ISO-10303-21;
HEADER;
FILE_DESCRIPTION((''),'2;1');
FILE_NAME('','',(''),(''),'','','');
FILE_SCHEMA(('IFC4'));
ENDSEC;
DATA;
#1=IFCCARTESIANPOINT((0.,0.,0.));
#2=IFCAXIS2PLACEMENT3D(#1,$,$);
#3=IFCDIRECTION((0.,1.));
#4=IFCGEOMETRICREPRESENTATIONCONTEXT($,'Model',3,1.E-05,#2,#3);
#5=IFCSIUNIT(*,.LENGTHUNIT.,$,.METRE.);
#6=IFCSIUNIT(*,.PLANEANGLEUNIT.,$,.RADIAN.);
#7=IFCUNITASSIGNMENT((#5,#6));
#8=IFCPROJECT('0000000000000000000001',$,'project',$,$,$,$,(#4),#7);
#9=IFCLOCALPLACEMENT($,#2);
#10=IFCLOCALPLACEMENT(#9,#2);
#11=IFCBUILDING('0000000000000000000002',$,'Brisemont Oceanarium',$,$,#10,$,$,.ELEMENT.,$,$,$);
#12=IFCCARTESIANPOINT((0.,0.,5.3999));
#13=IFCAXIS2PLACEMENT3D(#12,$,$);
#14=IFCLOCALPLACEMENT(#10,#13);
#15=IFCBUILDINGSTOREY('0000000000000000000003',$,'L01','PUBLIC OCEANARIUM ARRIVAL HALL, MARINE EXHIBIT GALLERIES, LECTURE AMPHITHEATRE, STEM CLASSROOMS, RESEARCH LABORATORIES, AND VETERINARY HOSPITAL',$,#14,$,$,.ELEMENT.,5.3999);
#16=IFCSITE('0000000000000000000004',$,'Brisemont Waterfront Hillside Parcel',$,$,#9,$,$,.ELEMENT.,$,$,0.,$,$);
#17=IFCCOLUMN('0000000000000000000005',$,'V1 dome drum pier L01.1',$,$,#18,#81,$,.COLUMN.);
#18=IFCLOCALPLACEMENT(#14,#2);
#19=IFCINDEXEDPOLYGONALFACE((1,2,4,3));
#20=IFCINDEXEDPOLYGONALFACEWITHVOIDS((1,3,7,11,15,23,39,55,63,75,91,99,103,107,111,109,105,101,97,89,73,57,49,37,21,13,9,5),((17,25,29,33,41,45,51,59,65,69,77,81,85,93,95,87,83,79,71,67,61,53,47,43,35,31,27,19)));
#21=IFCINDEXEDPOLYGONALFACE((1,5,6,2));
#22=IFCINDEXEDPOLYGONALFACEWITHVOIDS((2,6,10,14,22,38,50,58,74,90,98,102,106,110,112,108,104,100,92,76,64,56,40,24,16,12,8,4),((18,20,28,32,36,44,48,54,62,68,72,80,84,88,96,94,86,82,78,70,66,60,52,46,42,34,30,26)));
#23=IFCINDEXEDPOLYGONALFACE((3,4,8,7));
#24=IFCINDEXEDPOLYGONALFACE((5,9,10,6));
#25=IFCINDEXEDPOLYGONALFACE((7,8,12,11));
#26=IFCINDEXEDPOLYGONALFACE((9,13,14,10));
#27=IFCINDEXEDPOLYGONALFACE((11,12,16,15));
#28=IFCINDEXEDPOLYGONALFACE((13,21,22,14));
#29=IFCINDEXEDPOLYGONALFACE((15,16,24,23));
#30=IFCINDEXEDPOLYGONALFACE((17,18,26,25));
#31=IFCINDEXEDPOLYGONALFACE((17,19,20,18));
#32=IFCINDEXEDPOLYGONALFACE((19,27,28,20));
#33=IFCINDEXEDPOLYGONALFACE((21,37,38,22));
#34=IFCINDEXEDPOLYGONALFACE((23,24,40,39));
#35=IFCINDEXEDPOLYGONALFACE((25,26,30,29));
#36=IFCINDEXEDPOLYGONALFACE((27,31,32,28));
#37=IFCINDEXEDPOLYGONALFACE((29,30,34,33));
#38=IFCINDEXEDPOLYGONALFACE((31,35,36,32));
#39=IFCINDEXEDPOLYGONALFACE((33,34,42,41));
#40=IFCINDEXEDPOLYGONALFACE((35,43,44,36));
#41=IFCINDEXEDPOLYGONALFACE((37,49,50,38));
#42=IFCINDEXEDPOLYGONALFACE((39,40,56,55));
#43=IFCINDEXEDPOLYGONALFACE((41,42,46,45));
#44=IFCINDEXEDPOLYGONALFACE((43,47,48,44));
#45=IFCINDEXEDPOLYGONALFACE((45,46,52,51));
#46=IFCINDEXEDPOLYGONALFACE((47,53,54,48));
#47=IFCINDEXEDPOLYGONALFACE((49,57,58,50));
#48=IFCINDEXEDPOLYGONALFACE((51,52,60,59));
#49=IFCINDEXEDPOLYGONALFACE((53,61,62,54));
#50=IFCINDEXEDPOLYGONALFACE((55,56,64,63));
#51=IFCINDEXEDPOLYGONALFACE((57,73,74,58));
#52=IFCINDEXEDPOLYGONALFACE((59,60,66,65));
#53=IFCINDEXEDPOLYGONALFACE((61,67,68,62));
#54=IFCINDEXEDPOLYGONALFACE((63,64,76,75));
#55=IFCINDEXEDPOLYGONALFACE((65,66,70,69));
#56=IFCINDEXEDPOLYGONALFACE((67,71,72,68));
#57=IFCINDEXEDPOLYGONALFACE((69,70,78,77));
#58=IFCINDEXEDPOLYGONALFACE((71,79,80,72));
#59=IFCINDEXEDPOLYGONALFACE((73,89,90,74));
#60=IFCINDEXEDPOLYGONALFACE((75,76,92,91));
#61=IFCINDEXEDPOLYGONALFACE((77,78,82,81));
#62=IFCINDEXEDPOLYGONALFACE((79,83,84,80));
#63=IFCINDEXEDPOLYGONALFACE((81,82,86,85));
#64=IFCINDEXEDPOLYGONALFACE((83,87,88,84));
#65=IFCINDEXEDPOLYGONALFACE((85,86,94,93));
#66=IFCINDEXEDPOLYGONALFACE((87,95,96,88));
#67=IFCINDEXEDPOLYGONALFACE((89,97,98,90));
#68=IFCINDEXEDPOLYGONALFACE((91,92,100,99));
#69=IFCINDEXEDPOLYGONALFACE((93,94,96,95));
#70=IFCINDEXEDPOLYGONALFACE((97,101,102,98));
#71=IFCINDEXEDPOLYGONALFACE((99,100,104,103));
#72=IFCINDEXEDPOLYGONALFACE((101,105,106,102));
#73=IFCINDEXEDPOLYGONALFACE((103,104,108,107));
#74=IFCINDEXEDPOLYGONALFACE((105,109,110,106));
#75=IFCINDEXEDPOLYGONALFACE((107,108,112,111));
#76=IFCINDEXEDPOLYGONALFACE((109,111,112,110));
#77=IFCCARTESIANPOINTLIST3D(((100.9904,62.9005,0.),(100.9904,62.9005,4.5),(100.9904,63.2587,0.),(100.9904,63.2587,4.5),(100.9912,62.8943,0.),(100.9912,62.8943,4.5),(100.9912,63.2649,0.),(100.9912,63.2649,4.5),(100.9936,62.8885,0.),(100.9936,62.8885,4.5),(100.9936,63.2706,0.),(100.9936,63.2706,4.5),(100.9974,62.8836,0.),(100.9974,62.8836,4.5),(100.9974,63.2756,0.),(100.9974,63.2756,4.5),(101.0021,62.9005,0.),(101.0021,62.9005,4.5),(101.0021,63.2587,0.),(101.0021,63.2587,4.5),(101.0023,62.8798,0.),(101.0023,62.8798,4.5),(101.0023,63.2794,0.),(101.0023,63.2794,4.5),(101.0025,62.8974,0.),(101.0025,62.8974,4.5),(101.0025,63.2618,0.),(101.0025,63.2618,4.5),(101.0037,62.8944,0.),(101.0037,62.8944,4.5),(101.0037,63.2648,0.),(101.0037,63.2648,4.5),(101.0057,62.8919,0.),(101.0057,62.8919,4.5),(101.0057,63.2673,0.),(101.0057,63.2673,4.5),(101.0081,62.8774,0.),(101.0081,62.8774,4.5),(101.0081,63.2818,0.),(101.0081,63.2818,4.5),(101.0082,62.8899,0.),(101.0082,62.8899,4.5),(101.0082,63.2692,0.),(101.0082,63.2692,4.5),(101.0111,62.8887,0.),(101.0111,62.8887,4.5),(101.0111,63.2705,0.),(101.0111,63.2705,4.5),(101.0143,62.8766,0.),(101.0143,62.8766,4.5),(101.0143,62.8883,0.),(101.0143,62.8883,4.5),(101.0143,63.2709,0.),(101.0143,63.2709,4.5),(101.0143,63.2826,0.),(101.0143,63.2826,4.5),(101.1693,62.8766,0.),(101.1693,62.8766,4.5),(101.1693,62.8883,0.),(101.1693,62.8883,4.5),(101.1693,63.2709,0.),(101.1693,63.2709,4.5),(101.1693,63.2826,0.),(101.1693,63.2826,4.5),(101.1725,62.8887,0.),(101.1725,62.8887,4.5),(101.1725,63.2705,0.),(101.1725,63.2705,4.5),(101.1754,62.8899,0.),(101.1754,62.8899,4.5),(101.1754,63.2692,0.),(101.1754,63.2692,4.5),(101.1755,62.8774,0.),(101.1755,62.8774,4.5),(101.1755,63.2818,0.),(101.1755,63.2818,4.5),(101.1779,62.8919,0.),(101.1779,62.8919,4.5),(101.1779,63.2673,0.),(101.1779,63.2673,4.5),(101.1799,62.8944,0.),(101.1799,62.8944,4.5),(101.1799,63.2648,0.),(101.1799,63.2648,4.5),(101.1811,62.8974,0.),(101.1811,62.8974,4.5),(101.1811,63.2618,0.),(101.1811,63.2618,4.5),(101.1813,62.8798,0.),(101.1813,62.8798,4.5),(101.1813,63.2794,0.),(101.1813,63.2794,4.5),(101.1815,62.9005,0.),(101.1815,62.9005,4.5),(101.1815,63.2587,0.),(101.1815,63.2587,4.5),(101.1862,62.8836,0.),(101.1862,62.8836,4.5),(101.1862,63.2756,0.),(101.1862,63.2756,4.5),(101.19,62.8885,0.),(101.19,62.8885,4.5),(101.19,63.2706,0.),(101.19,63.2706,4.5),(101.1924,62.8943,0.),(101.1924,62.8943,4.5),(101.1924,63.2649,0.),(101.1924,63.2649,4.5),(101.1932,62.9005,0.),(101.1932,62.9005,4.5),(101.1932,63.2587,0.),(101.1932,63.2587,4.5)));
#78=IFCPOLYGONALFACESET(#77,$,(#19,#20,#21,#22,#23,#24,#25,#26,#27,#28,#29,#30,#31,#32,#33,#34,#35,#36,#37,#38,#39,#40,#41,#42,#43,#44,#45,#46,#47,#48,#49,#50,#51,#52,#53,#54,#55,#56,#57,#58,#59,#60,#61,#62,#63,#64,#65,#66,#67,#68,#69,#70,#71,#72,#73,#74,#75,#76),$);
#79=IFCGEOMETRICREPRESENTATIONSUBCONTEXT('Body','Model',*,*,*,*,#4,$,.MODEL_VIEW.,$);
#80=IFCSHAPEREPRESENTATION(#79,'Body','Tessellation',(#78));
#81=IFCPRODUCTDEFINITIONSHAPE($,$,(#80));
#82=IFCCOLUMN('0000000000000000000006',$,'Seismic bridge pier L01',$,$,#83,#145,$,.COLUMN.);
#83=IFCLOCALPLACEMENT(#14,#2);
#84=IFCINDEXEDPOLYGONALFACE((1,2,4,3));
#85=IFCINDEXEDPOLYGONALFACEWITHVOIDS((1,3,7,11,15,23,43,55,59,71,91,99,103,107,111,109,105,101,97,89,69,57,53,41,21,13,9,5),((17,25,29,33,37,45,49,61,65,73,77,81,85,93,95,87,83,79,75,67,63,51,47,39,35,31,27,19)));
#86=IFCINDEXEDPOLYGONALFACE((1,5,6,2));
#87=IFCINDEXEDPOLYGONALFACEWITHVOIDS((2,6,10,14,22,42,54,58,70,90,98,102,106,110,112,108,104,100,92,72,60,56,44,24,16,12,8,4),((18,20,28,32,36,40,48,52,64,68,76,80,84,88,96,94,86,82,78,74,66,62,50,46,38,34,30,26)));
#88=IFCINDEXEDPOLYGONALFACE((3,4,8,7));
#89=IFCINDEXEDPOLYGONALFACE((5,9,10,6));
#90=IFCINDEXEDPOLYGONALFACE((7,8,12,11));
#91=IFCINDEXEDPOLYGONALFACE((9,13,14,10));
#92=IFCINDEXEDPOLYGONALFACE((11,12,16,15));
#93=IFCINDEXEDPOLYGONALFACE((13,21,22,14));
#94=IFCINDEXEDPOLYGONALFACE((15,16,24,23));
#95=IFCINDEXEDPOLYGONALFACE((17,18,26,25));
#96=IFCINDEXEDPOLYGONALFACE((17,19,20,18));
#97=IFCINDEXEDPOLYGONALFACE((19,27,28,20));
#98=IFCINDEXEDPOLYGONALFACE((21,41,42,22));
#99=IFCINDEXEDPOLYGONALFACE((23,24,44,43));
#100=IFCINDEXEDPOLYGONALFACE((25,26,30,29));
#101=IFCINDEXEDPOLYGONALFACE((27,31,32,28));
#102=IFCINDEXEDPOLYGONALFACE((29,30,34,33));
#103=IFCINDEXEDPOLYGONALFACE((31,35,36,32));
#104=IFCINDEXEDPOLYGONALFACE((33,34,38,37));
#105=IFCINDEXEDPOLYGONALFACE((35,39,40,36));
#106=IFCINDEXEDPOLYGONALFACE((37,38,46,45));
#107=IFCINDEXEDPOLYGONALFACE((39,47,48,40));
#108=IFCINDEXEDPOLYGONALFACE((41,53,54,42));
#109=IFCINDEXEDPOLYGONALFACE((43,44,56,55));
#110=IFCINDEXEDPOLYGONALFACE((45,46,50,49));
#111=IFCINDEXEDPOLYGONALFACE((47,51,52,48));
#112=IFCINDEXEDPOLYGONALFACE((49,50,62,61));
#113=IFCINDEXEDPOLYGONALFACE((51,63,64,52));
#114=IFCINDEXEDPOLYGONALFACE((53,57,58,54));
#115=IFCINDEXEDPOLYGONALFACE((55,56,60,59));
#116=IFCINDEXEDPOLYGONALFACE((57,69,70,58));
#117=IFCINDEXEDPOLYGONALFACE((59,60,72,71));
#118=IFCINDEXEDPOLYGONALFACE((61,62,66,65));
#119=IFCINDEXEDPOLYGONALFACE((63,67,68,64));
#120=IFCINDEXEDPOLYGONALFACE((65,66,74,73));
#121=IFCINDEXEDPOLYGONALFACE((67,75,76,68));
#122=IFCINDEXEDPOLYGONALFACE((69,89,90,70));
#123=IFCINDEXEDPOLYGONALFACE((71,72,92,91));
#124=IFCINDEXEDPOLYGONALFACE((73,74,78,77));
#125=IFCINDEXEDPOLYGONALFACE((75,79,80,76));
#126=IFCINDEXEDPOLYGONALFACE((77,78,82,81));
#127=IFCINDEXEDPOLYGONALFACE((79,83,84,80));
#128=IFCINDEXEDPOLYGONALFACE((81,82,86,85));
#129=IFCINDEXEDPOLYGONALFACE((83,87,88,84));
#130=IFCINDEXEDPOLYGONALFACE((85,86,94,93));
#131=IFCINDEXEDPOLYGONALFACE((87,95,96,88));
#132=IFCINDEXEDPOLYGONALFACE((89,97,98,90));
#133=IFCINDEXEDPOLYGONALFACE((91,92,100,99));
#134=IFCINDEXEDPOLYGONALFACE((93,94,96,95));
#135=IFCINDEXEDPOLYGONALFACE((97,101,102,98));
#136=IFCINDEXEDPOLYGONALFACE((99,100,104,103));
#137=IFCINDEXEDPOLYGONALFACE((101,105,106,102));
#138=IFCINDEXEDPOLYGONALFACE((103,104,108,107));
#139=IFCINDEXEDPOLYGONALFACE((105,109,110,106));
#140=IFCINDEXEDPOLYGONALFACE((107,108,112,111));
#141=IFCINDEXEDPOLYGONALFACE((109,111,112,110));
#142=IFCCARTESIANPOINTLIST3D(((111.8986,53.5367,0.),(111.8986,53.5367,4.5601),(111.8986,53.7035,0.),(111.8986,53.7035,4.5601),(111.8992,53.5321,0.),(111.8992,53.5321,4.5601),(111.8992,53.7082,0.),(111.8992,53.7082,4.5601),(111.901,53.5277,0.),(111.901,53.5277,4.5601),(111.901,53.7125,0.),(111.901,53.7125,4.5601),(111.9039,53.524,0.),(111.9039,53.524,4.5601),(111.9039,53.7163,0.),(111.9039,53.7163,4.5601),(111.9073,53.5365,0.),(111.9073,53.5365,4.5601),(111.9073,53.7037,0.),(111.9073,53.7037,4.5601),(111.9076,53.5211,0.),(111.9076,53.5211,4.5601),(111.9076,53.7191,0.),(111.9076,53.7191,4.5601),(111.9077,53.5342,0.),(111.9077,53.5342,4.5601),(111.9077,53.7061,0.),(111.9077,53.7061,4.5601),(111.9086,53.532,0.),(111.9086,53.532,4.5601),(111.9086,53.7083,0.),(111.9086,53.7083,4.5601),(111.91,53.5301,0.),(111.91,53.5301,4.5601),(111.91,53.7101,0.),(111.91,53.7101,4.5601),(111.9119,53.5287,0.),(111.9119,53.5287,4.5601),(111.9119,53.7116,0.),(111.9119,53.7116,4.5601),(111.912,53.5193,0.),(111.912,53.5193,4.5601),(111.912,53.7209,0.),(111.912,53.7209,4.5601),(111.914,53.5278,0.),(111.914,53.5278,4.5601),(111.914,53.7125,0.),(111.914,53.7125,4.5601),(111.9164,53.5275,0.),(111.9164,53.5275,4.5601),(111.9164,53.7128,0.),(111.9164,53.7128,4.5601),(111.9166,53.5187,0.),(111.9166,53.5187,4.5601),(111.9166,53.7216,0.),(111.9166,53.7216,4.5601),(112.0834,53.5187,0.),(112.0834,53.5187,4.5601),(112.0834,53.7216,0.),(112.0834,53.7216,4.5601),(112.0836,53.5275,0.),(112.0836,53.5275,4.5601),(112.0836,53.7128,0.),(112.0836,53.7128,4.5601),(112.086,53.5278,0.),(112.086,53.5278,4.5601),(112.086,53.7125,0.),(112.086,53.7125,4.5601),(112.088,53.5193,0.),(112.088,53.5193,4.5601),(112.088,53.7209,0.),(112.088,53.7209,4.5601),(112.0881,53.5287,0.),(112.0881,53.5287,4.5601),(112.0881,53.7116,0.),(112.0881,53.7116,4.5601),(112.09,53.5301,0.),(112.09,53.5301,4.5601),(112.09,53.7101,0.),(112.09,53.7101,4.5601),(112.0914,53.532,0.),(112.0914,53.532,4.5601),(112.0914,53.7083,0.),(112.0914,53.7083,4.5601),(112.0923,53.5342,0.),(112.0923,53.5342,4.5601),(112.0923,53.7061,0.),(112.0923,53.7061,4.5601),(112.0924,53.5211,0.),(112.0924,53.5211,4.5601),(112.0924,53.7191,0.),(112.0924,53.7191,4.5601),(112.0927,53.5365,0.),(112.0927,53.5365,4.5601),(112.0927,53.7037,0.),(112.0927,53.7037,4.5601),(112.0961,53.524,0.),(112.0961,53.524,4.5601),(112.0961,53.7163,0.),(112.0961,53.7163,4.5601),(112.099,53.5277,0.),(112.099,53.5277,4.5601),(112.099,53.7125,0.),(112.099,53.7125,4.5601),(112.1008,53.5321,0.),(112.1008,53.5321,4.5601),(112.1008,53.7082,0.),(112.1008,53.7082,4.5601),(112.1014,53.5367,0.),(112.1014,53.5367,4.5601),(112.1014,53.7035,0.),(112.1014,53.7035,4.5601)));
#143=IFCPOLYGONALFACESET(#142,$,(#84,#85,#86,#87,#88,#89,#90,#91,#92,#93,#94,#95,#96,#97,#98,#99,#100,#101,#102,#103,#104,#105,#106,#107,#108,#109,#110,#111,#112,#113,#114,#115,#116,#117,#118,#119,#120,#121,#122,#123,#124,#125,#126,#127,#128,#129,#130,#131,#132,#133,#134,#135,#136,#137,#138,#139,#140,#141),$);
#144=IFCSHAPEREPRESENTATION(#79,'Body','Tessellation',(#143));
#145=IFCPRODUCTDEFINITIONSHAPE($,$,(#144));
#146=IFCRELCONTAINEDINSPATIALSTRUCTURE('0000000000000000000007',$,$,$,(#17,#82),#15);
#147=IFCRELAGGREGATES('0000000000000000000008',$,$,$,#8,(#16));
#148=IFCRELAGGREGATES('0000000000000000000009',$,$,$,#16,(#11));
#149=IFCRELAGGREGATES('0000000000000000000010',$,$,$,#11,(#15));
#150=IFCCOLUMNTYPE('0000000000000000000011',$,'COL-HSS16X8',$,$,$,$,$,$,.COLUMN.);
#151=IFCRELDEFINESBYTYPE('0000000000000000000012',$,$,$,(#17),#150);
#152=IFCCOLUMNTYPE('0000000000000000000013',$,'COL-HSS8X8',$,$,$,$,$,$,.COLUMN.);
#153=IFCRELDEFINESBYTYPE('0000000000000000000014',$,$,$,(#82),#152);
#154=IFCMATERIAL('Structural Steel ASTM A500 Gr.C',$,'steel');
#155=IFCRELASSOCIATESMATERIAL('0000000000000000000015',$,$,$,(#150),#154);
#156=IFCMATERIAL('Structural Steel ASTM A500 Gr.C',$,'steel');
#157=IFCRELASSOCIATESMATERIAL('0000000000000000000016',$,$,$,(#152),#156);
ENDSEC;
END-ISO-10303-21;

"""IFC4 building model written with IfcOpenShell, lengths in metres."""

from ifc_helpers import new_model, si_unit, direction, frame, origin, origin_2d, place, context, subcontext, project, spatial, hollow_rectangle, extrude, material, material_profile, profile_set, type_object, element, save


model = new_model("IFC4")

# Units and contexts
model_context = context("Model", 3, precision=1e-05, world=origin(), true_north=direction((0.0, 1.0)))
body_context = subcontext(model_context, "Body", "Model", "MODEL_VIEW")
ifc_project = project(units=[si_unit("LENGTHUNIT", "METRE"), si_unit("PLANEANGLEUNIT", "RADIAN")], contexts=[model_context])

# Site, building, storey
site_placement = place(None, origin())
site = spatial("IfcSite", under=ifc_project, at=site_placement, Name="Brisemont Waterfront Hillside Parcel", CompositionType="ELEMENT", RefElevation=0.0)
building_placement = place(site_placement, origin())
building = spatial("IfcBuilding", under=site, at=building_placement, Name="Brisemont Oceanarium", CompositionType="ELEMENT")
storey_placement = place(building_placement, frame((0.0, 0.0, 5.3999)))
storey = spatial("IfcBuildingStorey", under=building, at=storey_placement, Name="L01", Description="PUBLIC OCEANARIUM ARRIVAL HALL, MARINE EXHIBIT GALLERIES, LECTURE AMPHITHEATRE, STEM CLASSROOMS, RESEARCH LABORATORIES, AND VETERINARY HOSPITAL", CompositionType="ELEMENT", Elevation=5.3999)

# Columns
ifc_material_1 = material(Name="Structural Steel ASTM A500 Gr.C", Category="steel")
ifc_material_profile_1 = material_profile(ifc_material_1, hollow_rectangle(XDim=0.2029, YDim=0.406, WallThickness=0.0117, InnerFilletRadius=0.0122, OuterFilletRadius=0.0239, at=origin_2d()), Name="HSS16X8X1/2")
ifc_profile_set_1 = profile_set([ifc_material_profile_1], Name="Structural Steel ASTM A500 Gr.C")
column_type_1 = type_object("IfcColumnType", Name="COL-HSS16X8", PredefinedType="COLUMN", material=ifc_profile_set_1)
column_1_placement = place(storey_placement, frame((101.0918, 63.0796, 0.0), z_axis=(0.0, 0.0, 1.0), x_axis=(1.0, 0.0, 0.0)))
element("IfcColumn", 1, at=column_1_placement, inside=storey, type_object=column_type_1, Name="V1 dome drum pier L01.1", PredefinedType="COLUMN", context=body_context, shape_type="SweptSolid", body=[
    extrude(hollow_rectangle(XDim=0.2029, YDim=0.406, WallThickness=0.0117, InnerFilletRadius=0.0122, OuterFilletRadius=0.0239, at=origin_2d()), origin(), (0.0, 0.0, 1.0), 4.5),
])
ifc_material_2 = material(Name="Structural Steel ASTM A500 Gr.C", Category="steel")
ifc_material_profile_2 = material_profile(ifc_material_2, hollow_rectangle(XDim=0.2029, YDim=0.2029, WallThickness=0.0088, InnerFilletRadius=0.009, OuterFilletRadius=0.0181, at=origin_2d()), Name="HSS8X8X3/8")
ifc_profile_set_2 = profile_set([ifc_material_profile_2], Name="Structural Steel ASTM A500 Gr.C")
column_type_2 = type_object("IfcColumnType", Name="COL-HSS8X8", PredefinedType="COLUMN", material=ifc_profile_set_2)
for number, where, z_axis, x_axis, name in (
    (2, (112.0, 53.6201, 0.0), (0.0, 0.0, 1.0), (1.0, 0.0, 0.0), "Seismic bridge pier L01"),
):
    element("IfcColumn", number, at=place(storey_placement, frame(where, z_axis=z_axis, x_axis=x_axis)), inside=storey, type_object=column_type_2, Name=name, PredefinedType="COLUMN", context=body_context, shape_type="SweptSolid", body=[
        extrude(hollow_rectangle(XDim=0.2029, YDim=0.2029, WallThickness=0.0088, InnerFilletRadius=0.009, OuterFilletRadius=0.0181, at=origin_2d()), origin(), (0.0, 0.0, 1.0), 4.5601),
    ])

save(model, "model.ifc")
